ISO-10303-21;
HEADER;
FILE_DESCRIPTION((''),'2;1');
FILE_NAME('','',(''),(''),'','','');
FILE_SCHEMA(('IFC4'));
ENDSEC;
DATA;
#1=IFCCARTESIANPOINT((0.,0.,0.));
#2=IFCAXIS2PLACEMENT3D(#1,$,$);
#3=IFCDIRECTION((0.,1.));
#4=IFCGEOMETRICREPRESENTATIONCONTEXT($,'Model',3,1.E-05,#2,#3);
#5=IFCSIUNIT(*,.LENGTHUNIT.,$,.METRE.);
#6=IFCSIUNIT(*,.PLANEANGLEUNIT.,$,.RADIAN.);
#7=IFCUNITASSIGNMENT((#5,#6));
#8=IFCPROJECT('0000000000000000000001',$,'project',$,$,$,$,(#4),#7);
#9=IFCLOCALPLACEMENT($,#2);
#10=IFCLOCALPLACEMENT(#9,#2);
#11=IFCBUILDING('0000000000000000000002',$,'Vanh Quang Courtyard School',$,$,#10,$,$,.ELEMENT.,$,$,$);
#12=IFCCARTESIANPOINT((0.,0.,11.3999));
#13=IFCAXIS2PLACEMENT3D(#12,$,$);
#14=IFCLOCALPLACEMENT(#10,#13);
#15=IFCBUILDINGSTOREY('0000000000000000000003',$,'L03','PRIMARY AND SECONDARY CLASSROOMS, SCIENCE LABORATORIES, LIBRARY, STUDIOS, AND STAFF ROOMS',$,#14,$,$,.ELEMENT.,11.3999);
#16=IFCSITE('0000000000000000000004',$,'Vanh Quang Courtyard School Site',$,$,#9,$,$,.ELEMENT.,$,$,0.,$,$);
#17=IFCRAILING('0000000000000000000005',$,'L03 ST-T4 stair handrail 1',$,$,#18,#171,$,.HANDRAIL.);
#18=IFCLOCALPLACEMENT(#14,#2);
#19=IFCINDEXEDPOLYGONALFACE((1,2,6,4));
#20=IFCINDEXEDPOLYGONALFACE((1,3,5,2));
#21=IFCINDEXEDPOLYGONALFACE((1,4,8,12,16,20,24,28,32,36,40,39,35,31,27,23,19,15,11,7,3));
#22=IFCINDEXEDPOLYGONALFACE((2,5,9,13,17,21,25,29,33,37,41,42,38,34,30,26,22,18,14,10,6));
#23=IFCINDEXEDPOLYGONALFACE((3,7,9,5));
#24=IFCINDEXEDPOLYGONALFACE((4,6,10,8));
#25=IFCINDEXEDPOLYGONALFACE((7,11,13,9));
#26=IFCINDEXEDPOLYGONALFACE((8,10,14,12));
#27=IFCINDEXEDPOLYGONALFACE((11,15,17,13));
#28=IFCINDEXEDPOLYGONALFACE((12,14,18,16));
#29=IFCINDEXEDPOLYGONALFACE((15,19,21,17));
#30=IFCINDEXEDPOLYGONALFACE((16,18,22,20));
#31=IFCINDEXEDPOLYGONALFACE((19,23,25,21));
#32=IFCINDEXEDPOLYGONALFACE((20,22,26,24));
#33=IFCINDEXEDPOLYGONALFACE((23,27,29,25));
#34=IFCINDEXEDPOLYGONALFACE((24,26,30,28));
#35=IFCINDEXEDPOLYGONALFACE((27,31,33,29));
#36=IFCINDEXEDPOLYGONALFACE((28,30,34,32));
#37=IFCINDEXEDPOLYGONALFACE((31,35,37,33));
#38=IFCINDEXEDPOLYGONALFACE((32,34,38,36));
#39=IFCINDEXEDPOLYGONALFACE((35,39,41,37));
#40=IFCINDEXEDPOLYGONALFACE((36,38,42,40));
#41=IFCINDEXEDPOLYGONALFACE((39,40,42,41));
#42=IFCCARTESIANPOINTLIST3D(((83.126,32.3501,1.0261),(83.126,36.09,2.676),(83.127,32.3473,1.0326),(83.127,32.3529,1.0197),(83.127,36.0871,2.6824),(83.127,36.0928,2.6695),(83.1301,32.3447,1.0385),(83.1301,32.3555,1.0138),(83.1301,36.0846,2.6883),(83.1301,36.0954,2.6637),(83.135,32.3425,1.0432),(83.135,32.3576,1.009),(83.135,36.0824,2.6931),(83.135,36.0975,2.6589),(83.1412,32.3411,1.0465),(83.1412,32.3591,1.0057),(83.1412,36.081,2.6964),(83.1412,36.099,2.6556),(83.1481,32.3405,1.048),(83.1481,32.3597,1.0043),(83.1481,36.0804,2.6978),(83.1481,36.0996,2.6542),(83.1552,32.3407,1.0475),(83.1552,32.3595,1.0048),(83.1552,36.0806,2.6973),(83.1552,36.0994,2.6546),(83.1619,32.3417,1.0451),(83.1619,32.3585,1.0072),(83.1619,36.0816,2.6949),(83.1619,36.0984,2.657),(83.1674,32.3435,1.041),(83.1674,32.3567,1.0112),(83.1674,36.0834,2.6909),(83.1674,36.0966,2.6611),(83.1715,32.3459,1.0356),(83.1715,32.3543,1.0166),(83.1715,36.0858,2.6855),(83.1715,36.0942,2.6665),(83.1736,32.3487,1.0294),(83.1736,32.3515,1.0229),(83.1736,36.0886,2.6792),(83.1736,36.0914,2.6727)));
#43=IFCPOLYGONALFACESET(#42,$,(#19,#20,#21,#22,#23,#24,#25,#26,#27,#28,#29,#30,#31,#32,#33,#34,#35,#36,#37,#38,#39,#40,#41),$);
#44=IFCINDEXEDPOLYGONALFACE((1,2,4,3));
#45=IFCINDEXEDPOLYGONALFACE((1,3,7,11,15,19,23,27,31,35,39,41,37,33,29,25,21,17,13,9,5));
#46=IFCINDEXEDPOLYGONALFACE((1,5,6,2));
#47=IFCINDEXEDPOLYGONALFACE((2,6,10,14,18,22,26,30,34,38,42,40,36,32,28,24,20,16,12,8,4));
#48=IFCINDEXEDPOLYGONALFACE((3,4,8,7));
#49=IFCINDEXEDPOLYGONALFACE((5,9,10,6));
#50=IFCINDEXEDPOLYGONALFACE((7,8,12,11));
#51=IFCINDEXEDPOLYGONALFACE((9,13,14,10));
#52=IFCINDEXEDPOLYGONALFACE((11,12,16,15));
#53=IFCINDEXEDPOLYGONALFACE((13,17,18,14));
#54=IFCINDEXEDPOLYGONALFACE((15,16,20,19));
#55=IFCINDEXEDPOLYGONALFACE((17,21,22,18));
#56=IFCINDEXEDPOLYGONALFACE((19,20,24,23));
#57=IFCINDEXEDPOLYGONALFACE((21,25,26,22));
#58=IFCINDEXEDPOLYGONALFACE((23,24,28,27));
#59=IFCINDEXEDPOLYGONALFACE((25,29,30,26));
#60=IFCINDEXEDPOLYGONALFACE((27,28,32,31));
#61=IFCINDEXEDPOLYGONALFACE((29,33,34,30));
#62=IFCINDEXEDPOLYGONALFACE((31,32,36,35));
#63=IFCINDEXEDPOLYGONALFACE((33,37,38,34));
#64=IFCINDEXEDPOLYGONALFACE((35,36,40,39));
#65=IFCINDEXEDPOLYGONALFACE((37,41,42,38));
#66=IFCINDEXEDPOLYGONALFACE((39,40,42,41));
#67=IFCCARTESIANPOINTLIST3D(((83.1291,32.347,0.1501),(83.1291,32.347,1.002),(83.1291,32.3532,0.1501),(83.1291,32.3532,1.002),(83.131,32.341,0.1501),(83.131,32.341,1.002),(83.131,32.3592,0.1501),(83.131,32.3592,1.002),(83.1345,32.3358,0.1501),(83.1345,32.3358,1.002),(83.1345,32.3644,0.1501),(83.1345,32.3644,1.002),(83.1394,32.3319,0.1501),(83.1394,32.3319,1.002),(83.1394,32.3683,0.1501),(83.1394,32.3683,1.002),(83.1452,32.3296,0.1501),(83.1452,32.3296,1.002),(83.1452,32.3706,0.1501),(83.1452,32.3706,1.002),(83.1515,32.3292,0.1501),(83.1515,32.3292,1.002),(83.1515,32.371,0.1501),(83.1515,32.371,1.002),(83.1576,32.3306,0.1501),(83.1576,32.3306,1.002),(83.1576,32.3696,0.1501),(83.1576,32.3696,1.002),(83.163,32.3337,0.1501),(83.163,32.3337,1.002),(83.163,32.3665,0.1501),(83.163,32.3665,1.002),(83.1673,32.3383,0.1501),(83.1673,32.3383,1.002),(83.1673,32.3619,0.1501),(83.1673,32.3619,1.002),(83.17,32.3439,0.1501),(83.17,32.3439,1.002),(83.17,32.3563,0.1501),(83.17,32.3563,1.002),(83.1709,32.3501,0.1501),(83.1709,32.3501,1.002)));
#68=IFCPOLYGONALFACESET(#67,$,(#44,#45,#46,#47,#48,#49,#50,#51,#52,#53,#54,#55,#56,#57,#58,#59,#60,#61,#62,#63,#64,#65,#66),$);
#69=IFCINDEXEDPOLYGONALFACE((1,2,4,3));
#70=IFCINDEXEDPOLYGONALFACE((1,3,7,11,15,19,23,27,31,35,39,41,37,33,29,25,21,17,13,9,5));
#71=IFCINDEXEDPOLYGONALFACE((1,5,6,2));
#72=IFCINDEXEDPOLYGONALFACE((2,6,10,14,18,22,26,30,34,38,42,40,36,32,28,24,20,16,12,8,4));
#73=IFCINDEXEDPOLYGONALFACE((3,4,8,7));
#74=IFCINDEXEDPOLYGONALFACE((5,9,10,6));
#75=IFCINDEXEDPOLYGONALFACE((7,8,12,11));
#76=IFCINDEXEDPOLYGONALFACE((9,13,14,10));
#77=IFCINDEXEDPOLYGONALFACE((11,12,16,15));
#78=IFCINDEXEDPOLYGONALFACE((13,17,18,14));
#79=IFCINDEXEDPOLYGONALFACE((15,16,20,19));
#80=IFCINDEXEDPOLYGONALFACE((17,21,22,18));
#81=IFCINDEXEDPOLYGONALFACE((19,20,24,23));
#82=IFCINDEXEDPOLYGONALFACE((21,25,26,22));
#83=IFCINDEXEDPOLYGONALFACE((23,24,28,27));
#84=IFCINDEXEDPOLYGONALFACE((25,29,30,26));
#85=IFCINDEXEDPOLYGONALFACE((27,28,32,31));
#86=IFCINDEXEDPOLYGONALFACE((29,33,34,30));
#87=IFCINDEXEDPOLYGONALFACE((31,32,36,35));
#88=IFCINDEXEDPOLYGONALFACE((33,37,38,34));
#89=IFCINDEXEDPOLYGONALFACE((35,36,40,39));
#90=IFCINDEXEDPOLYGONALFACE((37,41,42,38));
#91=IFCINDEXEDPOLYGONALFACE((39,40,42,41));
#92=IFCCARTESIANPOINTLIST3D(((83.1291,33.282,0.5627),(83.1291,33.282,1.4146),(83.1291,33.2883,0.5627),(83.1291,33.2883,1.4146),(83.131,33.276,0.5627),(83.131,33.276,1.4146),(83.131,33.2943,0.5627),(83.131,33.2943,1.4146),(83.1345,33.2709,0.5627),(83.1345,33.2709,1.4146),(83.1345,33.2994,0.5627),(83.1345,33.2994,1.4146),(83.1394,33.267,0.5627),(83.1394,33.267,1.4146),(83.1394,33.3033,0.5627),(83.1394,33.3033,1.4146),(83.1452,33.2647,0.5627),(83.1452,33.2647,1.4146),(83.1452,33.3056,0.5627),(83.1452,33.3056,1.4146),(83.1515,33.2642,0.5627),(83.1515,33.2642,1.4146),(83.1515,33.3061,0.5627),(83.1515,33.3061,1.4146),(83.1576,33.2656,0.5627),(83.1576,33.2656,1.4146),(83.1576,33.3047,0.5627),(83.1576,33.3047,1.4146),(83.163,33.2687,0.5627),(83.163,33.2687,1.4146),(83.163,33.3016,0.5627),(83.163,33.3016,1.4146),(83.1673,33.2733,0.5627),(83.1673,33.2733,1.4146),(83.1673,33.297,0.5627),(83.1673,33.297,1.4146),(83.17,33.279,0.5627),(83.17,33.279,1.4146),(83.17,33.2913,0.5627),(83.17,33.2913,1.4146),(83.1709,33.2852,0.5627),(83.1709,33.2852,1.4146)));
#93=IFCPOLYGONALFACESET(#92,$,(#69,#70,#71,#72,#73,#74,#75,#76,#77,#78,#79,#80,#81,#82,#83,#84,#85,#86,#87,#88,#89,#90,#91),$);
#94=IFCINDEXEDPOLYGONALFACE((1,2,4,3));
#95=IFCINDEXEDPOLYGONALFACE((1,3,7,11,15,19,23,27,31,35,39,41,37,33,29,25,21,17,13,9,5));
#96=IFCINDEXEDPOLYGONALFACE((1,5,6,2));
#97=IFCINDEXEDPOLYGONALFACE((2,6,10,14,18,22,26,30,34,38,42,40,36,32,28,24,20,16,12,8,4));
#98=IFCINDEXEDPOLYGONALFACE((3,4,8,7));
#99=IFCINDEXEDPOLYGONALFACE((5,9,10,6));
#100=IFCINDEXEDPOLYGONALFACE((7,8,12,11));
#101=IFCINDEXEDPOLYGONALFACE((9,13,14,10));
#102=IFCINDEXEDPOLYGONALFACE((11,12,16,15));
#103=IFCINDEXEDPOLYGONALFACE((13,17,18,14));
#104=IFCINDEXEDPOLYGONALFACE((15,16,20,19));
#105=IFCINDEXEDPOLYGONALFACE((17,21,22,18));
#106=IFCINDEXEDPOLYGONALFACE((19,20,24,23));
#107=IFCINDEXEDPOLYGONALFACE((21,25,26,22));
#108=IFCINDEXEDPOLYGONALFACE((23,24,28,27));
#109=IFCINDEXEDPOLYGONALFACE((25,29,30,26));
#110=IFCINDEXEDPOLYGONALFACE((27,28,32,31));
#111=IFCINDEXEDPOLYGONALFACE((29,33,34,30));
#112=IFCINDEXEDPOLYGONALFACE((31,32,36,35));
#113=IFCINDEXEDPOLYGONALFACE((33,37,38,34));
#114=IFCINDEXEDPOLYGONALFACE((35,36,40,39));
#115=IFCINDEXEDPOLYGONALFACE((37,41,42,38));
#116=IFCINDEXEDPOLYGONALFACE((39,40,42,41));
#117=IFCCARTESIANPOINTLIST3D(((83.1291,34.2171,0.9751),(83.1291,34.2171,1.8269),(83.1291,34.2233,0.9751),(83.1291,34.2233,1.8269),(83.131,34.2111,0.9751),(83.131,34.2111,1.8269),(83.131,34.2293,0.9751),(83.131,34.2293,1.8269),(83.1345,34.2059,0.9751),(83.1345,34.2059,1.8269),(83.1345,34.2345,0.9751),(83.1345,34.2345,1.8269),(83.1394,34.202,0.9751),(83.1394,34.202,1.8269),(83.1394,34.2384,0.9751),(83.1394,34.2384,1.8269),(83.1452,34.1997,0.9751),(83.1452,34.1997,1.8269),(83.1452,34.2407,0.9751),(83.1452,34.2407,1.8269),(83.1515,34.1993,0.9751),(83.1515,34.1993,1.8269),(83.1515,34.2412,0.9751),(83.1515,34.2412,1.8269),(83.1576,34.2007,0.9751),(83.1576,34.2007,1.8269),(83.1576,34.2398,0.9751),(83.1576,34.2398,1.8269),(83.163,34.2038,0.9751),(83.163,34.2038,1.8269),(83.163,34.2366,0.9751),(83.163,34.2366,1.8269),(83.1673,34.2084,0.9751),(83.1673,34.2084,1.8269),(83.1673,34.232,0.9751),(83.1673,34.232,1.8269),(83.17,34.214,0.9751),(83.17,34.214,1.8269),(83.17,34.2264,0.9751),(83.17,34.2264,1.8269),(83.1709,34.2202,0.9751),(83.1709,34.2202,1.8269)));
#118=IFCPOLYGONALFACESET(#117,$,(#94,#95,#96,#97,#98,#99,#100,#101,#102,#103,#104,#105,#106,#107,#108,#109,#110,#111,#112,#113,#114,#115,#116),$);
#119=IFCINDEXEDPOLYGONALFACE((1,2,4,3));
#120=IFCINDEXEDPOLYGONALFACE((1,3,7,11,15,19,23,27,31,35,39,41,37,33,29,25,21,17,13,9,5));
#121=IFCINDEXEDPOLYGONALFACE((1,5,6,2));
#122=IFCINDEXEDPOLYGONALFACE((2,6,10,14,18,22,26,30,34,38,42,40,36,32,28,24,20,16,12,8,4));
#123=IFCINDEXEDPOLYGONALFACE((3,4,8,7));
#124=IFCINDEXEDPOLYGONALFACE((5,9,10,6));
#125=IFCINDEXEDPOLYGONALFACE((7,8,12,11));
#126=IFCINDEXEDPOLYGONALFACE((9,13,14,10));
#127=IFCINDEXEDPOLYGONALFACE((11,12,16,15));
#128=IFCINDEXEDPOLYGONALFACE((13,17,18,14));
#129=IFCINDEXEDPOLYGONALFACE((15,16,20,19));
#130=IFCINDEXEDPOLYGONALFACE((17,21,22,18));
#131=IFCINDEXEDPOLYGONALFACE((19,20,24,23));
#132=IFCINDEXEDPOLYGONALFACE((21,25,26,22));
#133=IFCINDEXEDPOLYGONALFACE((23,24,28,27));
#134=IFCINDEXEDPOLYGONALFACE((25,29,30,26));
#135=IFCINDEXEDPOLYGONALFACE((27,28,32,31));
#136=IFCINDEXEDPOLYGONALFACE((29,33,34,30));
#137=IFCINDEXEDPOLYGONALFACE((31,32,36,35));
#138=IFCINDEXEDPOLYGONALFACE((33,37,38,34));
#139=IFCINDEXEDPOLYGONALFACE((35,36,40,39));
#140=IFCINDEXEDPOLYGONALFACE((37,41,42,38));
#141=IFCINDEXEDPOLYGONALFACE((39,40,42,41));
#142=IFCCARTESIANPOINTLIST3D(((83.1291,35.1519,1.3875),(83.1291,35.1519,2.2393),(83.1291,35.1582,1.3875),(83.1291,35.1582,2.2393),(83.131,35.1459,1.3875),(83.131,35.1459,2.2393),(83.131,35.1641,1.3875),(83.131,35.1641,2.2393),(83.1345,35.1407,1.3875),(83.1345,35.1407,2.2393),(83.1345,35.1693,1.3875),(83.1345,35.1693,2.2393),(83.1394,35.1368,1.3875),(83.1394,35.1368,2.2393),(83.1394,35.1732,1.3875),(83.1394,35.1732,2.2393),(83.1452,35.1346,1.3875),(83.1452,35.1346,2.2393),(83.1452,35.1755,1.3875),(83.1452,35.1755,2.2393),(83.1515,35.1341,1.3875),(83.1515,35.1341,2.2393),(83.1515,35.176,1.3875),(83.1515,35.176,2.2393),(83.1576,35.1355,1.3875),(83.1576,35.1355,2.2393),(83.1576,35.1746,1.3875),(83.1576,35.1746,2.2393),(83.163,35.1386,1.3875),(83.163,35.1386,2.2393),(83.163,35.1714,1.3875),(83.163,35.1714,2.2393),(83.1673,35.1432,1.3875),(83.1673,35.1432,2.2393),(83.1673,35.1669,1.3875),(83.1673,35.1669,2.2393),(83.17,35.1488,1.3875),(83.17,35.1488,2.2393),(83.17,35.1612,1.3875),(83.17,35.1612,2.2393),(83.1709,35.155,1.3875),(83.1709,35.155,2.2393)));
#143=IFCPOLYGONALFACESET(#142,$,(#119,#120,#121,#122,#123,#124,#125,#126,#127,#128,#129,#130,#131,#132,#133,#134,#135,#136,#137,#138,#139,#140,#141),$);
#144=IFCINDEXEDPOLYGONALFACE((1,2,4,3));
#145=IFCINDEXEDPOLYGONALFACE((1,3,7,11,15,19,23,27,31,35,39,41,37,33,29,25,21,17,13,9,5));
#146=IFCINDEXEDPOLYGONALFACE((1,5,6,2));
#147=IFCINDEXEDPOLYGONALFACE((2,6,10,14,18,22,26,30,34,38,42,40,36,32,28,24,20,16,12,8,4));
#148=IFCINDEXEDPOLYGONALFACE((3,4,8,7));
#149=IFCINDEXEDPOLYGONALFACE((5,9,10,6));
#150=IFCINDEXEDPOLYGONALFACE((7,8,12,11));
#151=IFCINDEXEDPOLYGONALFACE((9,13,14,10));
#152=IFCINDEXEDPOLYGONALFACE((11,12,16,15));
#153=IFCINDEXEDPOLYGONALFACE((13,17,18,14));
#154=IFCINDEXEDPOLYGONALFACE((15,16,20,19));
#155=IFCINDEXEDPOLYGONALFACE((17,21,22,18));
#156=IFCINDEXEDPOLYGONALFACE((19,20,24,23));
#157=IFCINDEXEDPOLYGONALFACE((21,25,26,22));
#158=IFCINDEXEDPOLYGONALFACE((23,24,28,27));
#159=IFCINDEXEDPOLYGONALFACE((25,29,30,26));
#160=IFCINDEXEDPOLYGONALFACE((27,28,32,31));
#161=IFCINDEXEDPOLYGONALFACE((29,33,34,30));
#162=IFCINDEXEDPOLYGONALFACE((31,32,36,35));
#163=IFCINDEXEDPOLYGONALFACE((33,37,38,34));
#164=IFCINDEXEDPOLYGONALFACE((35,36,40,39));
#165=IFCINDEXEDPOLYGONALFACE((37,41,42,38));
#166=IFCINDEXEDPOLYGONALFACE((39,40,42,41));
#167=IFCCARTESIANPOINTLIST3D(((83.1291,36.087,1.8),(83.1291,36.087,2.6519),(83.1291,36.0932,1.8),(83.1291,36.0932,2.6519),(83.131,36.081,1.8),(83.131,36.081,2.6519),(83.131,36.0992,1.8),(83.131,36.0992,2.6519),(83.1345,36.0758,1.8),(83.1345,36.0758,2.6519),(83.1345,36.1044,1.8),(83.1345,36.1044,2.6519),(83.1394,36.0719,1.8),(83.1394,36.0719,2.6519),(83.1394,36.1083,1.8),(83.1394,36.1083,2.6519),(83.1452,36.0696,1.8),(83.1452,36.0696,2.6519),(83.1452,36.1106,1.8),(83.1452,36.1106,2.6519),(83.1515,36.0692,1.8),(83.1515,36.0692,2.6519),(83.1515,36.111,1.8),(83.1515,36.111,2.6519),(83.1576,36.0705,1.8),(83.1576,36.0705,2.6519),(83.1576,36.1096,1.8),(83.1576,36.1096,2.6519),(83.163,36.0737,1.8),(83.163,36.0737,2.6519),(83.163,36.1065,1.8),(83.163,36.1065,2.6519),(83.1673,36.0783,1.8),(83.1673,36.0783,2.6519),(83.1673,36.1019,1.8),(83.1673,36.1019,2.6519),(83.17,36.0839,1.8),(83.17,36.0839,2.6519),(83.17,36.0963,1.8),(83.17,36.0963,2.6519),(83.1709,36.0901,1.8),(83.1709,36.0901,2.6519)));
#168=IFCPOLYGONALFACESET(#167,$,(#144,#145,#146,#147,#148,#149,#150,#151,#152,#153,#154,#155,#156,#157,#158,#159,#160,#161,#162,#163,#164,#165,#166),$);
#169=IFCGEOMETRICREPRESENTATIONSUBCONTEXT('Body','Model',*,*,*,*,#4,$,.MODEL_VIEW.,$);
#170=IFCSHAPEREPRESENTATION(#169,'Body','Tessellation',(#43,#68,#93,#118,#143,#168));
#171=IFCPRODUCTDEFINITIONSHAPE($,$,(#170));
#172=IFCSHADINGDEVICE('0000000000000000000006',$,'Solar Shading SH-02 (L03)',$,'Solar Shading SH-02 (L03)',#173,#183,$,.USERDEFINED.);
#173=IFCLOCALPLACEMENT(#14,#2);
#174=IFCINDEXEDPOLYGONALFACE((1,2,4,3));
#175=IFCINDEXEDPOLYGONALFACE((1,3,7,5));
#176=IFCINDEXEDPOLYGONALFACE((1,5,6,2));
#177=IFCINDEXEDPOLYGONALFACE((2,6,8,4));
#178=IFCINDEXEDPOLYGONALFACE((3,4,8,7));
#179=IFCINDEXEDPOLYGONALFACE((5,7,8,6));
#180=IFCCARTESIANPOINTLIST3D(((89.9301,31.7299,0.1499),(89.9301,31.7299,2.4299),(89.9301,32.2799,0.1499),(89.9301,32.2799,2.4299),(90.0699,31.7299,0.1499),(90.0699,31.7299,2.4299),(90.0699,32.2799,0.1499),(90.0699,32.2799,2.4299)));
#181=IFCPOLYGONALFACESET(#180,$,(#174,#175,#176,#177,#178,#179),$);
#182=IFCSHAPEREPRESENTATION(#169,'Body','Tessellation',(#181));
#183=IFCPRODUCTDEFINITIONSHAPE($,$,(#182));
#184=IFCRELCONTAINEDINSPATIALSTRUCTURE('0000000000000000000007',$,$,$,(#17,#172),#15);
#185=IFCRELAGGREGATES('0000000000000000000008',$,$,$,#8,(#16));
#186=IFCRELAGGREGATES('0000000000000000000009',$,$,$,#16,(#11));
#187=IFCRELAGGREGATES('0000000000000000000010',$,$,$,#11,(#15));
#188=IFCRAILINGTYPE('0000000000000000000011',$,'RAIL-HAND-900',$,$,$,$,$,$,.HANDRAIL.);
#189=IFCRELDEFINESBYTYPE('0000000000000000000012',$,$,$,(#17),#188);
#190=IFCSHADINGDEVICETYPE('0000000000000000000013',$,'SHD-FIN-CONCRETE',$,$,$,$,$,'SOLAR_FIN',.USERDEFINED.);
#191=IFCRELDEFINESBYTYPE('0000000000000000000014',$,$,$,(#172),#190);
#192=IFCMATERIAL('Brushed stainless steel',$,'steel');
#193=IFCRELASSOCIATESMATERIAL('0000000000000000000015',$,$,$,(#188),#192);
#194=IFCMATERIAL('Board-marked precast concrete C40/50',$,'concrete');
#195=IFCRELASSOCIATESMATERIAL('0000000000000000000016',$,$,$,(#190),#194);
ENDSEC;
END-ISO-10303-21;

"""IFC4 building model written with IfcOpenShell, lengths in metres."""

from ifc_helpers import new_model, si_unit, direction, frame, origin, origin_2d, place, context, subcontext, project, spatial, rectangle, circle, extrude, material, type_object, element, save


model = new_model("IFC4")

# Units and contexts
model_context = context("Model", 3, precision=1e-05, world=origin(), true_north=direction((0.0, 1.0)))
body_context = subcontext(model_context, "Body", "Model", "MODEL_VIEW")
ifc_project = project(units=[si_unit("LENGTHUNIT", "METRE"), si_unit("PLANEANGLEUNIT", "RADIAN")], contexts=[model_context])

# Site, building, storey
site_placement = place(None, origin())
site = spatial("IfcSite", under=ifc_project, at=site_placement, Name="Vanh Quang Courtyard School Site", CompositionType="ELEMENT", RefElevation=0.0)
building_placement = place(site_placement, origin())
building = spatial("IfcBuilding", under=site, at=building_placement, Name="Vanh Quang Courtyard School", CompositionType="ELEMENT")
storey_placement = place(building_placement, frame((0.0, 0.0, 11.3999)))
storey = spatial("IfcBuildingStorey", under=building, at=storey_placement, Name="L03", Description="PRIMARY AND SECONDARY CLASSROOMS, SCIENCE LABORATORIES, LIBRARY, STUDIOS, AND STAFF ROOMS", CompositionType="ELEMENT", Elevation=11.3999)

# Shared definitions
ifc_material_1 = material(Name="Board-marked precast concrete C40/50", Category="concrete")

# Railing
ifc_material_2 = material(Name="Brushed stainless steel", Category="steel")
railing_type_1 = type_object("IfcRailingType", Name="RAIL-HAND-900", PredefinedType="HANDRAIL", material=ifc_material_2)
railing_1_placement = place(storey_placement, frame((83.1499, 32.3501, 0.1501)))
element("IfcRailing", 1, at=railing_1_placement, inside=storey, type_object=railing_type_1, Name="L03 ST-T4 stair handrail 1", PredefinedType="HANDRAIL", context=body_context, shape_type="SweptSolid", body=[
    extrude(circle(Radius=0.0239, at=origin_2d()), frame((0.0, 0.0, 0.876), z_axis=(0.0, 0.914926, 0.403621), x_axis=(-1.0, 0.0, 0.0)), (0.0, 0.0, 1.0), 4.0876),
    extrude(circle(Radius=0.021, at=origin_2d()), origin(), (0.0, 0.0, 1.0), 0.8518),
    extrude(circle(Radius=0.021, at=origin_2d()), frame((0.0, 0.9351, 0.4126)), (0.0, 0.0, 1.0), 0.8518),
    extrude(circle(Radius=0.021, at=origin_2d()), frame((0.0, 1.8701, 0.825)), (0.0, 0.0, 1.0), 0.8518),
    extrude(circle(Radius=0.021, at=origin_2d()), frame((0.0, 2.8049, 1.2373)), (0.0, 0.0, 1.0), 0.8518),
    extrude(circle(Radius=0.021, at=origin_2d()), frame((0.0, 3.74, 1.6499)), (0.0, 0.0, 1.0), 0.8518),
])

# Shading device
shading_device_type = type_object("IfcShadingDeviceType", Name="SHD-FIN-CONCRETE", ElementType="SOLAR_FIN", PredefinedType="USERDEFINED", material=ifc_material_1)
shading_device_placement = place(storey_placement, frame((90.0, 32.0049, 0.1499), z_axis=(0.0, 0.0, 1.0), x_axis=(-1.0, 0.0, 0.0)))
element("IfcShadingDevice", 2, at=shading_device_placement, inside=storey, type_object=shading_device_type, Name="Solar Shading SH-02 (L03)", ObjectType="Solar Shading SH-02 (L03)", PredefinedType="USERDEFINED", context=body_context, shape_type="SweptSolid", body=[
    extrude(rectangle(XDim=0.1399, YDim=0.55, at=origin_2d()), origin(), (0.0, 0.0, 1.0), 2.28),
])

save(model, "model.ifc")
